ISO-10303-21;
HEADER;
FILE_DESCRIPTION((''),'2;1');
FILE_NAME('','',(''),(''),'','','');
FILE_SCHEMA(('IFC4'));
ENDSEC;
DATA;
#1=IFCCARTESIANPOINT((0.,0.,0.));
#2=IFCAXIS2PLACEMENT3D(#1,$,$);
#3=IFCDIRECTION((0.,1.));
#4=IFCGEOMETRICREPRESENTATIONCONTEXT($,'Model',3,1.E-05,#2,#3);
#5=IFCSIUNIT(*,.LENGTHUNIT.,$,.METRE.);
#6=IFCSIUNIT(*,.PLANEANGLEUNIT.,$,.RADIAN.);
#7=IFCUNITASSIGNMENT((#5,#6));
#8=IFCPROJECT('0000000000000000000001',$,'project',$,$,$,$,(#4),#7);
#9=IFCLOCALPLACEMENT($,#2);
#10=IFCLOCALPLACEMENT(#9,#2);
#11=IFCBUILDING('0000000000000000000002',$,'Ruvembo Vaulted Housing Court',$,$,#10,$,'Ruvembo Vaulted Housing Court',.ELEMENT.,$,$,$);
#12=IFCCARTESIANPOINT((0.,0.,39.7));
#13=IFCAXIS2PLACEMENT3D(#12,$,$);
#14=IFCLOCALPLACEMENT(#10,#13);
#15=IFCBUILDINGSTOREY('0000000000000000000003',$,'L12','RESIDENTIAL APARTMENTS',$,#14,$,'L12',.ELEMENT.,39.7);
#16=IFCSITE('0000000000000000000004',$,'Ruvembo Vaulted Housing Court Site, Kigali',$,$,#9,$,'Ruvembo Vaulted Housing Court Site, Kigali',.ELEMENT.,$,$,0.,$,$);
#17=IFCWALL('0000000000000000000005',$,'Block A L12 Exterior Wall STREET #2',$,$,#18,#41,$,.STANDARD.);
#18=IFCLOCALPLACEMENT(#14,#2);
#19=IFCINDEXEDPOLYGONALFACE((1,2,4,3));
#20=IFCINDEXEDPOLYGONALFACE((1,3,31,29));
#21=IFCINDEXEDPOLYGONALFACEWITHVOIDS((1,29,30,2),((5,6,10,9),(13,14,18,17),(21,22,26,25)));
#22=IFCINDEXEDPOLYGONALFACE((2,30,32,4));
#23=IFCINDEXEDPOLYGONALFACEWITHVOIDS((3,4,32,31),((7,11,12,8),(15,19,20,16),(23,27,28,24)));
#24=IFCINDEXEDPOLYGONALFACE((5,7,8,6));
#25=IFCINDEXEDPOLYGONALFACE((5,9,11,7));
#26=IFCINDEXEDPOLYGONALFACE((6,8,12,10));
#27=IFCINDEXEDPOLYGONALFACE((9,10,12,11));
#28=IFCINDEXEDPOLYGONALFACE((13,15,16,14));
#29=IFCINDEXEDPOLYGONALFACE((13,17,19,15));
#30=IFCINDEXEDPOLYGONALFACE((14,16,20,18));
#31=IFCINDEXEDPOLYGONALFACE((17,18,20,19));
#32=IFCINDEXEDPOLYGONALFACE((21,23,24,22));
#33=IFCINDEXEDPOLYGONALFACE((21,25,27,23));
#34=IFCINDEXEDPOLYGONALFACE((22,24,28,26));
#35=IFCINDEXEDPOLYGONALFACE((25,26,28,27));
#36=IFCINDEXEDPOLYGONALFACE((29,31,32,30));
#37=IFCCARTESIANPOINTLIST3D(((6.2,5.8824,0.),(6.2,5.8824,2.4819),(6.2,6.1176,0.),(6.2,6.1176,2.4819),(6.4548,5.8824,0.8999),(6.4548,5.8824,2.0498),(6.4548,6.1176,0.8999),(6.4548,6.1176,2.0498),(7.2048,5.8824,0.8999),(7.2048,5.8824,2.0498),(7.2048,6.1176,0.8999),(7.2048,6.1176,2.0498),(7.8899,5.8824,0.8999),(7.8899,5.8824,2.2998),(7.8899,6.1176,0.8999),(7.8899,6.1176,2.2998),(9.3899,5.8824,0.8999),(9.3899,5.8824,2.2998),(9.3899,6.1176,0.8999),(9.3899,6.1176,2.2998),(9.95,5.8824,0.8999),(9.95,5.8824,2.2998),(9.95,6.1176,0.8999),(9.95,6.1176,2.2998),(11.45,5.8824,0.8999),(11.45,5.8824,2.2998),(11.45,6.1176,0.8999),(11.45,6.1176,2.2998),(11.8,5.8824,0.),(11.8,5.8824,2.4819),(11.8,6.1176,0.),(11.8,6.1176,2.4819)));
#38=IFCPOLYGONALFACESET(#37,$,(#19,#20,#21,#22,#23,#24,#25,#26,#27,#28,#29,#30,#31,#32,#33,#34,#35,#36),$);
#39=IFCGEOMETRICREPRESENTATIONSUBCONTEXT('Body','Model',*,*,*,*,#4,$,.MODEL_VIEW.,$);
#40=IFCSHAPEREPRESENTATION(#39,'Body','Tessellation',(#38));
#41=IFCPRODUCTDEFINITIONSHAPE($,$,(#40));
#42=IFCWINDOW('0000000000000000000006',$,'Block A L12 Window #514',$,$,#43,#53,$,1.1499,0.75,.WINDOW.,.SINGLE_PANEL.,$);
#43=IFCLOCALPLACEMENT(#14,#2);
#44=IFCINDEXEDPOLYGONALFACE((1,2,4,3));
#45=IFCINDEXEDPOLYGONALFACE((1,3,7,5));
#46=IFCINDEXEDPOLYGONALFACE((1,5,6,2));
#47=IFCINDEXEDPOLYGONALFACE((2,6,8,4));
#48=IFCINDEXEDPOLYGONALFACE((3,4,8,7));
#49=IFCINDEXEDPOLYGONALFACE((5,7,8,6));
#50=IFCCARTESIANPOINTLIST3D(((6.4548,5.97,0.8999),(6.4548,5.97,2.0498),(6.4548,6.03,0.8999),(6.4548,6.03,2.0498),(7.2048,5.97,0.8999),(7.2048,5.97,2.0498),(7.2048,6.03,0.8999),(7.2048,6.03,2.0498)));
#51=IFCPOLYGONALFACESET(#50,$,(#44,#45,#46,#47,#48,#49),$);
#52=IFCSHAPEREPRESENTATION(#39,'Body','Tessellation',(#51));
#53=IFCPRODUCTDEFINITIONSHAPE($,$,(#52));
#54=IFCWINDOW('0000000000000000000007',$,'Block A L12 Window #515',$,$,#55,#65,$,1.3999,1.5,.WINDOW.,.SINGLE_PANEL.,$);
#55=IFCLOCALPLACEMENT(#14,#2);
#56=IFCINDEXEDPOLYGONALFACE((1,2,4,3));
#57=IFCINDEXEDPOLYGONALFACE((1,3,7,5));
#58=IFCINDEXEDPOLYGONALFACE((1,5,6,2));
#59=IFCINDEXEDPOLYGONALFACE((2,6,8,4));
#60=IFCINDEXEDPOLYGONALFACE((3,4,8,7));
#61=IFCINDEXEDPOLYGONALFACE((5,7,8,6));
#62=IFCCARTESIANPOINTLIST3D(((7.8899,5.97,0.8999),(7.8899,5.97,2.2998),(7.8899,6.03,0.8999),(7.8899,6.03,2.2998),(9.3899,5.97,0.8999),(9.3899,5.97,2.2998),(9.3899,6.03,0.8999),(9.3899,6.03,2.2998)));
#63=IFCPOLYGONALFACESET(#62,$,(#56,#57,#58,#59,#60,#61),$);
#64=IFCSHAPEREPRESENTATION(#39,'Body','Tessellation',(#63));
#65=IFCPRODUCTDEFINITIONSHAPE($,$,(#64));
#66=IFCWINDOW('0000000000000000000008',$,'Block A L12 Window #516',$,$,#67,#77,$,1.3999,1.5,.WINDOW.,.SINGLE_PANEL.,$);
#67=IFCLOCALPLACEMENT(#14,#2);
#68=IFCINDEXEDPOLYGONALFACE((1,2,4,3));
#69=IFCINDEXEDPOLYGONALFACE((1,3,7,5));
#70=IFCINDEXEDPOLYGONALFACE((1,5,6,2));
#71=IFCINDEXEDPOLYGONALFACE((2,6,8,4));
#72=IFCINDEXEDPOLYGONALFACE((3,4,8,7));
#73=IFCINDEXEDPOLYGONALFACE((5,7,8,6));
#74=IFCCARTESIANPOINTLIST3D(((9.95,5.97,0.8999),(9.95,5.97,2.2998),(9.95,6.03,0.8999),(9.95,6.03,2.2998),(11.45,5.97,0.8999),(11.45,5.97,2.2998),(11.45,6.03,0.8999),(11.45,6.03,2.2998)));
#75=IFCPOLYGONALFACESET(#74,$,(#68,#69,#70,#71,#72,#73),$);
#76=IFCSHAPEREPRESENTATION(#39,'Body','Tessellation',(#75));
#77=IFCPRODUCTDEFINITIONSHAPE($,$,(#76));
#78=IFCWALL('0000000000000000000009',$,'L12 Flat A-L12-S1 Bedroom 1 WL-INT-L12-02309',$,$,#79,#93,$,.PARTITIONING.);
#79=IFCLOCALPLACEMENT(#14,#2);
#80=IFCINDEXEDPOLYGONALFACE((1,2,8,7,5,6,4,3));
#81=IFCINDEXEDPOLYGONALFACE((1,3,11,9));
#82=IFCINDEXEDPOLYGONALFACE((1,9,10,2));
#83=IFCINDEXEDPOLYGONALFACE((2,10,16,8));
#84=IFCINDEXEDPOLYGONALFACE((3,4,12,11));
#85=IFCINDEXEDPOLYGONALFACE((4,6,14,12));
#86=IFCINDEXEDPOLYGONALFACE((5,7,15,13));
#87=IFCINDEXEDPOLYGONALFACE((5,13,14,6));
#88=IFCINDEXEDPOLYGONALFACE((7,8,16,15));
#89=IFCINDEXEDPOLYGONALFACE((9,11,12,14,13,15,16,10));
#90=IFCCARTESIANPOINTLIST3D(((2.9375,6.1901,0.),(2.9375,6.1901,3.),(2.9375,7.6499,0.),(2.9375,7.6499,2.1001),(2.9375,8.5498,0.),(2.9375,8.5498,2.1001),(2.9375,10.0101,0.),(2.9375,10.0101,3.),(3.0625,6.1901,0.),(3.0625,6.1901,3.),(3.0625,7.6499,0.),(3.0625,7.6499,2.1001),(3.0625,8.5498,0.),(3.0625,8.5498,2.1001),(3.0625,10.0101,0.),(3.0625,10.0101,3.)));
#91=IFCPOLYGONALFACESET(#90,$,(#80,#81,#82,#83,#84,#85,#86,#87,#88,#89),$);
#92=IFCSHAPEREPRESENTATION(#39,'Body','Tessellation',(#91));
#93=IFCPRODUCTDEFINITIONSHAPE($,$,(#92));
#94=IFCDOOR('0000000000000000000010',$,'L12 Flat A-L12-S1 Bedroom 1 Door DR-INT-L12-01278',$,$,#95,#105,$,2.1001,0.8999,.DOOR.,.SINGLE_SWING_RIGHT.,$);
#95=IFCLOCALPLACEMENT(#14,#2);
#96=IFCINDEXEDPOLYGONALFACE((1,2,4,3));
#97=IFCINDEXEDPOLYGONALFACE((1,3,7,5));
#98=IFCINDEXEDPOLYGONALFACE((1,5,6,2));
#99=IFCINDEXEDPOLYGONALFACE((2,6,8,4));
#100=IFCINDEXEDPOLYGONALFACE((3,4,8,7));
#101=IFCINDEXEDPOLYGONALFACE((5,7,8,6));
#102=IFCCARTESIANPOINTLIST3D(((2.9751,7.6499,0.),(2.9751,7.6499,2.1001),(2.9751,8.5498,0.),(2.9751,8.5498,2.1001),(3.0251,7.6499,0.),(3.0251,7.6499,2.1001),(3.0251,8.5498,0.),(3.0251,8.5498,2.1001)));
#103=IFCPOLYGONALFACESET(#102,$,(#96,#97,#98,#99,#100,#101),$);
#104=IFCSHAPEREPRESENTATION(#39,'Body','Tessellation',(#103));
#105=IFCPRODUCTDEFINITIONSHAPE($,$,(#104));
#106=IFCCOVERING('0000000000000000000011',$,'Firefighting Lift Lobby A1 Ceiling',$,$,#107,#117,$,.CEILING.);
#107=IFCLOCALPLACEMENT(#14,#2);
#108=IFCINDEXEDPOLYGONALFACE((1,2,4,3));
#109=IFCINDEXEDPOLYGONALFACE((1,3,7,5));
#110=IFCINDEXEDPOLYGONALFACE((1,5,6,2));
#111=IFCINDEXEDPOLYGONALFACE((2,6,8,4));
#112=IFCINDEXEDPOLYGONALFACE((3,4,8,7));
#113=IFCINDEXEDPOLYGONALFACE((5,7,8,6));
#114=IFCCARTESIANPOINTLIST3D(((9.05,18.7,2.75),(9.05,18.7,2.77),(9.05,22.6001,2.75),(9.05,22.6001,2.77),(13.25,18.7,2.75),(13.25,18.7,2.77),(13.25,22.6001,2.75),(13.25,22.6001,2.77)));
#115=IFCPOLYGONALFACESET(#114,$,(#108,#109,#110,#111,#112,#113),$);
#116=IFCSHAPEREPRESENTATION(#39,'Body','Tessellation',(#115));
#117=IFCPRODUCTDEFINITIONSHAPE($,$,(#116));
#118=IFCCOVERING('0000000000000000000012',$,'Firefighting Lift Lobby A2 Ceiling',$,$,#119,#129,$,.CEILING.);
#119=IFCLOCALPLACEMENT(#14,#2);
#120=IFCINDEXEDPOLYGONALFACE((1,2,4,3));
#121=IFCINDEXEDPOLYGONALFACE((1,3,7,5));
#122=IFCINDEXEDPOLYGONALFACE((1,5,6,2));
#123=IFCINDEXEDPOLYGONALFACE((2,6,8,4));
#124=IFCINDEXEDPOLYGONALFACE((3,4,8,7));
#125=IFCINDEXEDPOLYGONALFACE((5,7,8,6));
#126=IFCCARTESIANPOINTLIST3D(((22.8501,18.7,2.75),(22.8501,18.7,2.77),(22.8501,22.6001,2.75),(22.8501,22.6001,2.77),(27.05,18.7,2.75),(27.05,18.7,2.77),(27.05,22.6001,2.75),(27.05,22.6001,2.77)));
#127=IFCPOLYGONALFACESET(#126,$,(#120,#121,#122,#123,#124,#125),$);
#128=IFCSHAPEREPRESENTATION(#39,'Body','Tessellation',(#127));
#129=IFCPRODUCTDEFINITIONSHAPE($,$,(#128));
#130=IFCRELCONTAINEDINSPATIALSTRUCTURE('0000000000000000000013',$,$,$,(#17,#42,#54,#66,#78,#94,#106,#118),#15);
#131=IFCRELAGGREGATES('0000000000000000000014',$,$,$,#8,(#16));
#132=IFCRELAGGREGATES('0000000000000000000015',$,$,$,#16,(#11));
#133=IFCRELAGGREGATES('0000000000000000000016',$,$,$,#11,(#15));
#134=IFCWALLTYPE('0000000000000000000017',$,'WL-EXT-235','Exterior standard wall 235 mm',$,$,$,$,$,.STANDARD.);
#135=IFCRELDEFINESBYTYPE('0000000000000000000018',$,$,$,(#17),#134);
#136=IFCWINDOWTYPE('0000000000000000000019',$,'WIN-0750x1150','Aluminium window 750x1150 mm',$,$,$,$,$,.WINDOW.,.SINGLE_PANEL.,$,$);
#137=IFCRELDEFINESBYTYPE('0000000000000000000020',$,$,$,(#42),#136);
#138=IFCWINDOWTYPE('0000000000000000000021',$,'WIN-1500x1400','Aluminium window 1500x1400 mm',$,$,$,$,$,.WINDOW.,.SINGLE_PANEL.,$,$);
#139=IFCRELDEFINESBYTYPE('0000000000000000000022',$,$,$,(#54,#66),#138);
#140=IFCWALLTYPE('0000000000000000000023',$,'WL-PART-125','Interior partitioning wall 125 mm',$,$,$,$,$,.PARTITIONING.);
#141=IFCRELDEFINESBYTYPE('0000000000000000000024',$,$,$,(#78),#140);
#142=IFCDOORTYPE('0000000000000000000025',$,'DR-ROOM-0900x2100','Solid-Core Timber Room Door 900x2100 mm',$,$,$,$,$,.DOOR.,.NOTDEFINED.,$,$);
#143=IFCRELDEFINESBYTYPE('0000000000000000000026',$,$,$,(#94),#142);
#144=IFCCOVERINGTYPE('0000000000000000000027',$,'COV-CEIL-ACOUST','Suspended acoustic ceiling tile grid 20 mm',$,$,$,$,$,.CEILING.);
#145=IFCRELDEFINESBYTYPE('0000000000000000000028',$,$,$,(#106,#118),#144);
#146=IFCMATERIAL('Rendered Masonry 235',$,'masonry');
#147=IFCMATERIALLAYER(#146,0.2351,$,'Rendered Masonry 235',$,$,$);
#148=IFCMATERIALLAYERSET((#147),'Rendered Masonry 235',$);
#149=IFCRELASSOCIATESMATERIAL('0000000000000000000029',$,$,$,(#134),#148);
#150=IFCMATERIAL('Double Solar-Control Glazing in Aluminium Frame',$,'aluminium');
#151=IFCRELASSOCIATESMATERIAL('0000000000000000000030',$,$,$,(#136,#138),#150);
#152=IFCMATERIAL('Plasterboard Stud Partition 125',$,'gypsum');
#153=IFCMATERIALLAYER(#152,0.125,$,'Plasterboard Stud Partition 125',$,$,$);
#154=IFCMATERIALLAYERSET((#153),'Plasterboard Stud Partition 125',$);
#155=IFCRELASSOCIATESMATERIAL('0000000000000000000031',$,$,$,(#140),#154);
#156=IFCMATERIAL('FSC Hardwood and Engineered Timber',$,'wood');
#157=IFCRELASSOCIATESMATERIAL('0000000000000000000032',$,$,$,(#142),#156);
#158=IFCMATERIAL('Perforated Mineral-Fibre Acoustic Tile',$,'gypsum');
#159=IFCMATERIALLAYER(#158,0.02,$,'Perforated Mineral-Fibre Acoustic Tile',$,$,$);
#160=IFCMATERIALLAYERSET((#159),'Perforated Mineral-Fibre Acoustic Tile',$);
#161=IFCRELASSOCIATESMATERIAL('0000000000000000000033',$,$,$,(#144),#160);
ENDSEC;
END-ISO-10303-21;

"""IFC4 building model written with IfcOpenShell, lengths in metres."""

from ifc_helpers import new_model, si_unit, direction, frame, frame_2d, origin, place, context, subcontext, project, spatial, polyline, rectangle, outline, extrude, material, layer, layer_set, type_object, element, fill, save


model = new_model("IFC4")

# Units and contexts
model_context = context("Model", 3, precision=1e-05, world=origin(), true_north=direction((0.0, 1.0)))
body_context = subcontext(model_context, "Body", "Model", "MODEL_VIEW")
ifc_project = project(units=[si_unit("LENGTHUNIT", "METRE"), si_unit("PLANEANGLEUNIT", "RADIAN")], contexts=[model_context])

# Site, building, storey
site_placement = place(None, origin())
site = spatial("IfcSite", under=ifc_project, at=site_placement, Name="Ruvembo Vaulted Housing Court Site, Kigali", LongName="Ruvembo Vaulted Housing Court Site, Kigali", CompositionType="ELEMENT", RefElevation=0.0)
building_placement = place(site_placement, origin())
building = spatial("IfcBuilding", under=site, at=building_placement, Name="Ruvembo Vaulted Housing Court", LongName="Ruvembo Vaulted Housing Court", CompositionType="ELEMENT")
storey_placement = place(building_placement, frame((0.0, 0.0, 39.7)))
storey = spatial("IfcBuildingStorey", under=building, at=storey_placement, Name="L12", Description="RESIDENTIAL APARTMENTS", LongName="L12", CompositionType="ELEMENT", Elevation=39.7)

# Wall, openings, windows
ifc_material_1 = material(Name="Rendered Masonry 235", Category="masonry")
ifc_layer_1 = layer(ifc_material_1, 0.2351, Name="Rendered Masonry 235")
ifc_layer_set_1 = layer_set([ifc_layer_1], Name="Rendered Masonry 235")
wall_type_1 = type_object("IfcWallType", Name="WL-EXT-235", Description="Exterior standard wall 235 mm", PredefinedType="STANDARD", material=ifc_layer_set_1)
ifc_material_2 = material(Name="Double Solar-Control Glazing in Aluminium Frame", Category="aluminium")
wall_1_placement = place(storey_placement, frame((6.2, 6.0, 0.0), z_axis=(0.0, 0.0, 1.0), x_axis=(1.0, 0.0, 0.0)))
wall_1 = element("IfcWall", 1, at=wall_1_placement, inside=storey, type_object=wall_type_1, Name="Block A L12 Exterior Wall STREET #2", PredefinedType="STANDARD", context=body_context, shape_type="SweptSolid", body=[
    extrude(rectangle(XDim=5.6001, YDim=0.2351, at=frame_2d((2.8, 0.0))), origin(), (0.0, 0.0, 1.0), 2.4819),
])
opening_1_placement = place(wall_1_placement, frame((0.2549, 0.0, 0.8999)))
opening_1 = element("IfcOpeningElement", 2, at=opening_1_placement, cuts=wall_1, PredefinedType="OPENING", context=body_context, shape_type="SweptSolid", body=[
    extrude(rectangle(XDim=0.75, YDim=1.1499, at=frame_2d((0.375, 0.575))), frame((0.0, 0.1274, 0.0), z_axis=(0.0, -1.0, 0.0), x_axis=(1.0, 0.0, 0.0)), (0.0, 0.0, 1.0), 0.2551),
])
opening_2_placement = place(wall_1_placement, frame((1.6899, 0.0, 0.8999)))
opening_2 = element("IfcOpeningElement", 3, at=opening_2_placement, cuts=wall_1, PredefinedType="OPENING", context=body_context, shape_type="SweptSolid", body=[
    extrude(rectangle(XDim=1.5, YDim=1.3999, at=frame_2d((0.75, 0.7))), frame((0.0, 0.1274, 0.0), z_axis=(0.0, -1.0, 0.0), x_axis=(1.0, 0.0, 0.0)), (0.0, 0.0, 1.0), 0.2551),
])
opening_3_placement = place(wall_1_placement, frame((3.75, 0.0, 0.8999)))
opening_3 = element("IfcOpeningElement", 4, at=opening_3_placement, cuts=wall_1, PredefinedType="OPENING", context=body_context, shape_type="SweptSolid", body=[
    extrude(rectangle(XDim=1.5, YDim=1.3999, at=frame_2d((0.75, 0.7))), frame((0.0, 0.1274, 0.0), z_axis=(0.0, -1.0, 0.0), x_axis=(1.0, 0.0, 0.0)), (0.0, 0.0, 1.0), 0.2551),
])
window_type_1 = type_object("IfcWindowType", Name="WIN-0750x1150", Description="Aluminium window 750x1150 mm", PartitioningType="SINGLE_PANEL", PredefinedType="WINDOW", material=ifc_material_2)
window_1_placement = place(opening_1_placement, origin())
window_1 = element("IfcWindow", 5, at=window_1_placement, inside=storey, type_object=window_type_1, Name="Block A L12 Window #514", OverallHeight=1.1499, OverallWidth=0.75, PartitioningType="SINGLE_PANEL", PredefinedType="WINDOW", context=body_context, shape_type="SweptSolid", body=[
    extrude(rectangle(XDim=0.75, YDim=1.1499, at=frame_2d((0.375, 0.575))), frame((0.0, 0.03, 0.0), z_axis=(0.0, -1.0, 0.0), x_axis=(1.0, 0.0, 0.0)), (0.0, 0.0, 1.0), 0.0601),
])
fill(opening_1, window_1)
window_type_2 = type_object("IfcWindowType", Name="WIN-1500x1400", Description="Aluminium window 1500x1400 mm", PartitioningType="SINGLE_PANEL", PredefinedType="WINDOW", material=ifc_material_2)
window_2_placement = place(opening_2_placement, origin())
window_2 = element("IfcWindow", 6, at=window_2_placement, inside=storey, type_object=window_type_2, Name="Block A L12 Window #515", OverallHeight=1.3999, OverallWidth=1.5, PartitioningType="SINGLE_PANEL", PredefinedType="WINDOW", context=body_context, shape_type="SweptSolid", body=[
    extrude(rectangle(XDim=1.5, YDim=1.3999, at=frame_2d((0.75, 0.7))), frame((0.0, 0.03, 0.0), z_axis=(0.0, -1.0, 0.0), x_axis=(1.0, 0.0, 0.0)), (0.0, 0.0, 1.0), 0.0601),
])
fill(opening_2, window_2)
window_3_placement = place(opening_3_placement, origin())
window_3 = element("IfcWindow", 7, at=window_3_placement, inside=storey, type_object=window_type_2, Name="Block A L12 Window #516", OverallHeight=1.3999, OverallWidth=1.5, PartitioningType="SINGLE_PANEL", PredefinedType="WINDOW", context=body_context, shape_type="SweptSolid", body=[
    extrude(rectangle(XDim=1.5, YDim=1.3999, at=frame_2d((0.75, 0.7))), frame((0.0, 0.03, 0.0), z_axis=(0.0, -1.0, 0.0), x_axis=(1.0, 0.0, 0.0)), (0.0, 0.0, 1.0), 0.0601),
])
fill(opening_3, window_3)

# Wall, opening, door
ifc_material_3 = material(Name="Plasterboard Stud Partition 125", Category="gypsum")
ifc_layer_2 = layer(ifc_material_3, 0.125, Name="Plasterboard Stud Partition 125")
ifc_layer_set_2 = layer_set([ifc_layer_2], Name="Plasterboard Stud Partition 125")
wall_type_2 = type_object("IfcWallType", Name="WL-PART-125", Description="Interior partitioning wall 125 mm", PredefinedType="PARTITIONING", material=ifc_layer_set_2)
wall_2_placement = place(storey_placement, frame((3.0, 6.1899, 0.0), z_axis=(0.0, 0.0, 1.0), x_axis=(0.0, 1.0, 0.0)))
wall_2 = element("IfcWall", 8, at=wall_2_placement, inside=storey, type_object=wall_type_2, Name="L12 Flat A-L12-S1 Bedroom 1 WL-INT-L12-02309", PredefinedType="PARTITIONING", context=body_context, shape_type="SweptSolid", body=[
    extrude(rectangle(XDim=3.8201, YDim=0.125, at=frame_2d((1.9102, 0.0))), origin(), (0.0, 0.0, 1.0), 3.0),
])
opening_4_placement = place(wall_2_placement, frame((1.46, 0.0, 0.0)))
opening_4 = element("IfcOpeningElement", 9, at=opening_4_placement, cuts=wall_2, PredefinedType="OPENING", context=body_context, shape_type="SweptSolid", body=[
    extrude(rectangle(XDim=0.8999, YDim=2.1001, at=frame_2d((0.45, 1.05))), frame((0.0, 0.0725, 0.0), z_axis=(0.0, -1.0, 0.0), x_axis=(1.0, 0.0, 0.0)), (0.0, 0.0, 1.0), 0.145),
])
ifc_material_4 = material(Name="FSC Hardwood and Engineered Timber", Category="wood")
door_type = type_object("IfcDoorType", Name="DR-ROOM-0900x2100", Description="Solid-Core Timber Room Door 900x2100 mm", OperationType="NOTDEFINED", PredefinedType="DOOR", material=ifc_material_4)
door_placement = place(opening_4_placement, origin())
door = element("IfcDoor", 10, at=door_placement, inside=storey, type_object=door_type, Name="L12 Flat A-L12-S1 Bedroom 1 Door DR-INT-L12-01278", OperationType="SINGLE_SWING_RIGHT", OverallHeight=2.1001, OverallWidth=0.8999, PredefinedType="DOOR", context=body_context, shape_type="SweptSolid", body=[
    extrude(rectangle(XDim=0.8999, YDim=2.1001, at=frame_2d((0.45, 1.05))), frame((0.0, 0.0249, 0.0), z_axis=(0.0, -1.0, 0.0), x_axis=(1.0, 0.0, 0.0)), (0.0, 0.0, 1.0), 0.05),
])
fill(opening_4, door)

# Coverings
ifc_material_5 = material(Name="Perforated Mineral-Fibre Acoustic Tile", Category="gypsum")
ifc_layer_3 = layer(ifc_material_5, 0.02, Name="Perforated Mineral-Fibre Acoustic Tile")
ifc_layer_set_3 = layer_set([ifc_layer_3], Name="Perforated Mineral-Fibre Acoustic Tile")
covering_type_1 = type_object("IfcCoveringType", Name="COV-CEIL-ACOUST", Description="Suspended acoustic ceiling tile grid 20 mm", PredefinedType="CEILING", material=ifc_layer_set_3)
covering_1_placement = place(storey_placement, frame((0.0, 0.0, 2.75)))
element("IfcCovering", 11, at=covering_1_placement, inside=storey, type_object=covering_type_1, Name="Firefighting Lift Lobby A1 Ceiling", PredefinedType="CEILING", context=body_context, shape_type="SweptSolid", body=[
    extrude(outline(polyline([(13.25, 22.6001), (9.05, 22.6001), (9.05, 18.7), (13.25, 18.7), (13.25, 22.6001)])), origin(), (0.0, 0.0, 1.0), 0.02),
])
covering_2_placement = place(storey_placement, frame((0.0, 0.0, 2.75)))
element("IfcCovering", 12, at=covering_2_placement, inside=storey, type_object=covering_type_1, Name="Firefighting Lift Lobby A2 Ceiling", PredefinedType="CEILING", context=body_context, shape_type="SweptSolid", body=[
    extrude(outline(polyline([(27.05, 22.6001), (22.8501, 22.6001), (22.8501, 18.7), (27.05, 18.7), (27.05, 22.6001)])), origin(), (0.0, 0.0, 1.0), 0.02),
])

save(model, "model.ifc")
